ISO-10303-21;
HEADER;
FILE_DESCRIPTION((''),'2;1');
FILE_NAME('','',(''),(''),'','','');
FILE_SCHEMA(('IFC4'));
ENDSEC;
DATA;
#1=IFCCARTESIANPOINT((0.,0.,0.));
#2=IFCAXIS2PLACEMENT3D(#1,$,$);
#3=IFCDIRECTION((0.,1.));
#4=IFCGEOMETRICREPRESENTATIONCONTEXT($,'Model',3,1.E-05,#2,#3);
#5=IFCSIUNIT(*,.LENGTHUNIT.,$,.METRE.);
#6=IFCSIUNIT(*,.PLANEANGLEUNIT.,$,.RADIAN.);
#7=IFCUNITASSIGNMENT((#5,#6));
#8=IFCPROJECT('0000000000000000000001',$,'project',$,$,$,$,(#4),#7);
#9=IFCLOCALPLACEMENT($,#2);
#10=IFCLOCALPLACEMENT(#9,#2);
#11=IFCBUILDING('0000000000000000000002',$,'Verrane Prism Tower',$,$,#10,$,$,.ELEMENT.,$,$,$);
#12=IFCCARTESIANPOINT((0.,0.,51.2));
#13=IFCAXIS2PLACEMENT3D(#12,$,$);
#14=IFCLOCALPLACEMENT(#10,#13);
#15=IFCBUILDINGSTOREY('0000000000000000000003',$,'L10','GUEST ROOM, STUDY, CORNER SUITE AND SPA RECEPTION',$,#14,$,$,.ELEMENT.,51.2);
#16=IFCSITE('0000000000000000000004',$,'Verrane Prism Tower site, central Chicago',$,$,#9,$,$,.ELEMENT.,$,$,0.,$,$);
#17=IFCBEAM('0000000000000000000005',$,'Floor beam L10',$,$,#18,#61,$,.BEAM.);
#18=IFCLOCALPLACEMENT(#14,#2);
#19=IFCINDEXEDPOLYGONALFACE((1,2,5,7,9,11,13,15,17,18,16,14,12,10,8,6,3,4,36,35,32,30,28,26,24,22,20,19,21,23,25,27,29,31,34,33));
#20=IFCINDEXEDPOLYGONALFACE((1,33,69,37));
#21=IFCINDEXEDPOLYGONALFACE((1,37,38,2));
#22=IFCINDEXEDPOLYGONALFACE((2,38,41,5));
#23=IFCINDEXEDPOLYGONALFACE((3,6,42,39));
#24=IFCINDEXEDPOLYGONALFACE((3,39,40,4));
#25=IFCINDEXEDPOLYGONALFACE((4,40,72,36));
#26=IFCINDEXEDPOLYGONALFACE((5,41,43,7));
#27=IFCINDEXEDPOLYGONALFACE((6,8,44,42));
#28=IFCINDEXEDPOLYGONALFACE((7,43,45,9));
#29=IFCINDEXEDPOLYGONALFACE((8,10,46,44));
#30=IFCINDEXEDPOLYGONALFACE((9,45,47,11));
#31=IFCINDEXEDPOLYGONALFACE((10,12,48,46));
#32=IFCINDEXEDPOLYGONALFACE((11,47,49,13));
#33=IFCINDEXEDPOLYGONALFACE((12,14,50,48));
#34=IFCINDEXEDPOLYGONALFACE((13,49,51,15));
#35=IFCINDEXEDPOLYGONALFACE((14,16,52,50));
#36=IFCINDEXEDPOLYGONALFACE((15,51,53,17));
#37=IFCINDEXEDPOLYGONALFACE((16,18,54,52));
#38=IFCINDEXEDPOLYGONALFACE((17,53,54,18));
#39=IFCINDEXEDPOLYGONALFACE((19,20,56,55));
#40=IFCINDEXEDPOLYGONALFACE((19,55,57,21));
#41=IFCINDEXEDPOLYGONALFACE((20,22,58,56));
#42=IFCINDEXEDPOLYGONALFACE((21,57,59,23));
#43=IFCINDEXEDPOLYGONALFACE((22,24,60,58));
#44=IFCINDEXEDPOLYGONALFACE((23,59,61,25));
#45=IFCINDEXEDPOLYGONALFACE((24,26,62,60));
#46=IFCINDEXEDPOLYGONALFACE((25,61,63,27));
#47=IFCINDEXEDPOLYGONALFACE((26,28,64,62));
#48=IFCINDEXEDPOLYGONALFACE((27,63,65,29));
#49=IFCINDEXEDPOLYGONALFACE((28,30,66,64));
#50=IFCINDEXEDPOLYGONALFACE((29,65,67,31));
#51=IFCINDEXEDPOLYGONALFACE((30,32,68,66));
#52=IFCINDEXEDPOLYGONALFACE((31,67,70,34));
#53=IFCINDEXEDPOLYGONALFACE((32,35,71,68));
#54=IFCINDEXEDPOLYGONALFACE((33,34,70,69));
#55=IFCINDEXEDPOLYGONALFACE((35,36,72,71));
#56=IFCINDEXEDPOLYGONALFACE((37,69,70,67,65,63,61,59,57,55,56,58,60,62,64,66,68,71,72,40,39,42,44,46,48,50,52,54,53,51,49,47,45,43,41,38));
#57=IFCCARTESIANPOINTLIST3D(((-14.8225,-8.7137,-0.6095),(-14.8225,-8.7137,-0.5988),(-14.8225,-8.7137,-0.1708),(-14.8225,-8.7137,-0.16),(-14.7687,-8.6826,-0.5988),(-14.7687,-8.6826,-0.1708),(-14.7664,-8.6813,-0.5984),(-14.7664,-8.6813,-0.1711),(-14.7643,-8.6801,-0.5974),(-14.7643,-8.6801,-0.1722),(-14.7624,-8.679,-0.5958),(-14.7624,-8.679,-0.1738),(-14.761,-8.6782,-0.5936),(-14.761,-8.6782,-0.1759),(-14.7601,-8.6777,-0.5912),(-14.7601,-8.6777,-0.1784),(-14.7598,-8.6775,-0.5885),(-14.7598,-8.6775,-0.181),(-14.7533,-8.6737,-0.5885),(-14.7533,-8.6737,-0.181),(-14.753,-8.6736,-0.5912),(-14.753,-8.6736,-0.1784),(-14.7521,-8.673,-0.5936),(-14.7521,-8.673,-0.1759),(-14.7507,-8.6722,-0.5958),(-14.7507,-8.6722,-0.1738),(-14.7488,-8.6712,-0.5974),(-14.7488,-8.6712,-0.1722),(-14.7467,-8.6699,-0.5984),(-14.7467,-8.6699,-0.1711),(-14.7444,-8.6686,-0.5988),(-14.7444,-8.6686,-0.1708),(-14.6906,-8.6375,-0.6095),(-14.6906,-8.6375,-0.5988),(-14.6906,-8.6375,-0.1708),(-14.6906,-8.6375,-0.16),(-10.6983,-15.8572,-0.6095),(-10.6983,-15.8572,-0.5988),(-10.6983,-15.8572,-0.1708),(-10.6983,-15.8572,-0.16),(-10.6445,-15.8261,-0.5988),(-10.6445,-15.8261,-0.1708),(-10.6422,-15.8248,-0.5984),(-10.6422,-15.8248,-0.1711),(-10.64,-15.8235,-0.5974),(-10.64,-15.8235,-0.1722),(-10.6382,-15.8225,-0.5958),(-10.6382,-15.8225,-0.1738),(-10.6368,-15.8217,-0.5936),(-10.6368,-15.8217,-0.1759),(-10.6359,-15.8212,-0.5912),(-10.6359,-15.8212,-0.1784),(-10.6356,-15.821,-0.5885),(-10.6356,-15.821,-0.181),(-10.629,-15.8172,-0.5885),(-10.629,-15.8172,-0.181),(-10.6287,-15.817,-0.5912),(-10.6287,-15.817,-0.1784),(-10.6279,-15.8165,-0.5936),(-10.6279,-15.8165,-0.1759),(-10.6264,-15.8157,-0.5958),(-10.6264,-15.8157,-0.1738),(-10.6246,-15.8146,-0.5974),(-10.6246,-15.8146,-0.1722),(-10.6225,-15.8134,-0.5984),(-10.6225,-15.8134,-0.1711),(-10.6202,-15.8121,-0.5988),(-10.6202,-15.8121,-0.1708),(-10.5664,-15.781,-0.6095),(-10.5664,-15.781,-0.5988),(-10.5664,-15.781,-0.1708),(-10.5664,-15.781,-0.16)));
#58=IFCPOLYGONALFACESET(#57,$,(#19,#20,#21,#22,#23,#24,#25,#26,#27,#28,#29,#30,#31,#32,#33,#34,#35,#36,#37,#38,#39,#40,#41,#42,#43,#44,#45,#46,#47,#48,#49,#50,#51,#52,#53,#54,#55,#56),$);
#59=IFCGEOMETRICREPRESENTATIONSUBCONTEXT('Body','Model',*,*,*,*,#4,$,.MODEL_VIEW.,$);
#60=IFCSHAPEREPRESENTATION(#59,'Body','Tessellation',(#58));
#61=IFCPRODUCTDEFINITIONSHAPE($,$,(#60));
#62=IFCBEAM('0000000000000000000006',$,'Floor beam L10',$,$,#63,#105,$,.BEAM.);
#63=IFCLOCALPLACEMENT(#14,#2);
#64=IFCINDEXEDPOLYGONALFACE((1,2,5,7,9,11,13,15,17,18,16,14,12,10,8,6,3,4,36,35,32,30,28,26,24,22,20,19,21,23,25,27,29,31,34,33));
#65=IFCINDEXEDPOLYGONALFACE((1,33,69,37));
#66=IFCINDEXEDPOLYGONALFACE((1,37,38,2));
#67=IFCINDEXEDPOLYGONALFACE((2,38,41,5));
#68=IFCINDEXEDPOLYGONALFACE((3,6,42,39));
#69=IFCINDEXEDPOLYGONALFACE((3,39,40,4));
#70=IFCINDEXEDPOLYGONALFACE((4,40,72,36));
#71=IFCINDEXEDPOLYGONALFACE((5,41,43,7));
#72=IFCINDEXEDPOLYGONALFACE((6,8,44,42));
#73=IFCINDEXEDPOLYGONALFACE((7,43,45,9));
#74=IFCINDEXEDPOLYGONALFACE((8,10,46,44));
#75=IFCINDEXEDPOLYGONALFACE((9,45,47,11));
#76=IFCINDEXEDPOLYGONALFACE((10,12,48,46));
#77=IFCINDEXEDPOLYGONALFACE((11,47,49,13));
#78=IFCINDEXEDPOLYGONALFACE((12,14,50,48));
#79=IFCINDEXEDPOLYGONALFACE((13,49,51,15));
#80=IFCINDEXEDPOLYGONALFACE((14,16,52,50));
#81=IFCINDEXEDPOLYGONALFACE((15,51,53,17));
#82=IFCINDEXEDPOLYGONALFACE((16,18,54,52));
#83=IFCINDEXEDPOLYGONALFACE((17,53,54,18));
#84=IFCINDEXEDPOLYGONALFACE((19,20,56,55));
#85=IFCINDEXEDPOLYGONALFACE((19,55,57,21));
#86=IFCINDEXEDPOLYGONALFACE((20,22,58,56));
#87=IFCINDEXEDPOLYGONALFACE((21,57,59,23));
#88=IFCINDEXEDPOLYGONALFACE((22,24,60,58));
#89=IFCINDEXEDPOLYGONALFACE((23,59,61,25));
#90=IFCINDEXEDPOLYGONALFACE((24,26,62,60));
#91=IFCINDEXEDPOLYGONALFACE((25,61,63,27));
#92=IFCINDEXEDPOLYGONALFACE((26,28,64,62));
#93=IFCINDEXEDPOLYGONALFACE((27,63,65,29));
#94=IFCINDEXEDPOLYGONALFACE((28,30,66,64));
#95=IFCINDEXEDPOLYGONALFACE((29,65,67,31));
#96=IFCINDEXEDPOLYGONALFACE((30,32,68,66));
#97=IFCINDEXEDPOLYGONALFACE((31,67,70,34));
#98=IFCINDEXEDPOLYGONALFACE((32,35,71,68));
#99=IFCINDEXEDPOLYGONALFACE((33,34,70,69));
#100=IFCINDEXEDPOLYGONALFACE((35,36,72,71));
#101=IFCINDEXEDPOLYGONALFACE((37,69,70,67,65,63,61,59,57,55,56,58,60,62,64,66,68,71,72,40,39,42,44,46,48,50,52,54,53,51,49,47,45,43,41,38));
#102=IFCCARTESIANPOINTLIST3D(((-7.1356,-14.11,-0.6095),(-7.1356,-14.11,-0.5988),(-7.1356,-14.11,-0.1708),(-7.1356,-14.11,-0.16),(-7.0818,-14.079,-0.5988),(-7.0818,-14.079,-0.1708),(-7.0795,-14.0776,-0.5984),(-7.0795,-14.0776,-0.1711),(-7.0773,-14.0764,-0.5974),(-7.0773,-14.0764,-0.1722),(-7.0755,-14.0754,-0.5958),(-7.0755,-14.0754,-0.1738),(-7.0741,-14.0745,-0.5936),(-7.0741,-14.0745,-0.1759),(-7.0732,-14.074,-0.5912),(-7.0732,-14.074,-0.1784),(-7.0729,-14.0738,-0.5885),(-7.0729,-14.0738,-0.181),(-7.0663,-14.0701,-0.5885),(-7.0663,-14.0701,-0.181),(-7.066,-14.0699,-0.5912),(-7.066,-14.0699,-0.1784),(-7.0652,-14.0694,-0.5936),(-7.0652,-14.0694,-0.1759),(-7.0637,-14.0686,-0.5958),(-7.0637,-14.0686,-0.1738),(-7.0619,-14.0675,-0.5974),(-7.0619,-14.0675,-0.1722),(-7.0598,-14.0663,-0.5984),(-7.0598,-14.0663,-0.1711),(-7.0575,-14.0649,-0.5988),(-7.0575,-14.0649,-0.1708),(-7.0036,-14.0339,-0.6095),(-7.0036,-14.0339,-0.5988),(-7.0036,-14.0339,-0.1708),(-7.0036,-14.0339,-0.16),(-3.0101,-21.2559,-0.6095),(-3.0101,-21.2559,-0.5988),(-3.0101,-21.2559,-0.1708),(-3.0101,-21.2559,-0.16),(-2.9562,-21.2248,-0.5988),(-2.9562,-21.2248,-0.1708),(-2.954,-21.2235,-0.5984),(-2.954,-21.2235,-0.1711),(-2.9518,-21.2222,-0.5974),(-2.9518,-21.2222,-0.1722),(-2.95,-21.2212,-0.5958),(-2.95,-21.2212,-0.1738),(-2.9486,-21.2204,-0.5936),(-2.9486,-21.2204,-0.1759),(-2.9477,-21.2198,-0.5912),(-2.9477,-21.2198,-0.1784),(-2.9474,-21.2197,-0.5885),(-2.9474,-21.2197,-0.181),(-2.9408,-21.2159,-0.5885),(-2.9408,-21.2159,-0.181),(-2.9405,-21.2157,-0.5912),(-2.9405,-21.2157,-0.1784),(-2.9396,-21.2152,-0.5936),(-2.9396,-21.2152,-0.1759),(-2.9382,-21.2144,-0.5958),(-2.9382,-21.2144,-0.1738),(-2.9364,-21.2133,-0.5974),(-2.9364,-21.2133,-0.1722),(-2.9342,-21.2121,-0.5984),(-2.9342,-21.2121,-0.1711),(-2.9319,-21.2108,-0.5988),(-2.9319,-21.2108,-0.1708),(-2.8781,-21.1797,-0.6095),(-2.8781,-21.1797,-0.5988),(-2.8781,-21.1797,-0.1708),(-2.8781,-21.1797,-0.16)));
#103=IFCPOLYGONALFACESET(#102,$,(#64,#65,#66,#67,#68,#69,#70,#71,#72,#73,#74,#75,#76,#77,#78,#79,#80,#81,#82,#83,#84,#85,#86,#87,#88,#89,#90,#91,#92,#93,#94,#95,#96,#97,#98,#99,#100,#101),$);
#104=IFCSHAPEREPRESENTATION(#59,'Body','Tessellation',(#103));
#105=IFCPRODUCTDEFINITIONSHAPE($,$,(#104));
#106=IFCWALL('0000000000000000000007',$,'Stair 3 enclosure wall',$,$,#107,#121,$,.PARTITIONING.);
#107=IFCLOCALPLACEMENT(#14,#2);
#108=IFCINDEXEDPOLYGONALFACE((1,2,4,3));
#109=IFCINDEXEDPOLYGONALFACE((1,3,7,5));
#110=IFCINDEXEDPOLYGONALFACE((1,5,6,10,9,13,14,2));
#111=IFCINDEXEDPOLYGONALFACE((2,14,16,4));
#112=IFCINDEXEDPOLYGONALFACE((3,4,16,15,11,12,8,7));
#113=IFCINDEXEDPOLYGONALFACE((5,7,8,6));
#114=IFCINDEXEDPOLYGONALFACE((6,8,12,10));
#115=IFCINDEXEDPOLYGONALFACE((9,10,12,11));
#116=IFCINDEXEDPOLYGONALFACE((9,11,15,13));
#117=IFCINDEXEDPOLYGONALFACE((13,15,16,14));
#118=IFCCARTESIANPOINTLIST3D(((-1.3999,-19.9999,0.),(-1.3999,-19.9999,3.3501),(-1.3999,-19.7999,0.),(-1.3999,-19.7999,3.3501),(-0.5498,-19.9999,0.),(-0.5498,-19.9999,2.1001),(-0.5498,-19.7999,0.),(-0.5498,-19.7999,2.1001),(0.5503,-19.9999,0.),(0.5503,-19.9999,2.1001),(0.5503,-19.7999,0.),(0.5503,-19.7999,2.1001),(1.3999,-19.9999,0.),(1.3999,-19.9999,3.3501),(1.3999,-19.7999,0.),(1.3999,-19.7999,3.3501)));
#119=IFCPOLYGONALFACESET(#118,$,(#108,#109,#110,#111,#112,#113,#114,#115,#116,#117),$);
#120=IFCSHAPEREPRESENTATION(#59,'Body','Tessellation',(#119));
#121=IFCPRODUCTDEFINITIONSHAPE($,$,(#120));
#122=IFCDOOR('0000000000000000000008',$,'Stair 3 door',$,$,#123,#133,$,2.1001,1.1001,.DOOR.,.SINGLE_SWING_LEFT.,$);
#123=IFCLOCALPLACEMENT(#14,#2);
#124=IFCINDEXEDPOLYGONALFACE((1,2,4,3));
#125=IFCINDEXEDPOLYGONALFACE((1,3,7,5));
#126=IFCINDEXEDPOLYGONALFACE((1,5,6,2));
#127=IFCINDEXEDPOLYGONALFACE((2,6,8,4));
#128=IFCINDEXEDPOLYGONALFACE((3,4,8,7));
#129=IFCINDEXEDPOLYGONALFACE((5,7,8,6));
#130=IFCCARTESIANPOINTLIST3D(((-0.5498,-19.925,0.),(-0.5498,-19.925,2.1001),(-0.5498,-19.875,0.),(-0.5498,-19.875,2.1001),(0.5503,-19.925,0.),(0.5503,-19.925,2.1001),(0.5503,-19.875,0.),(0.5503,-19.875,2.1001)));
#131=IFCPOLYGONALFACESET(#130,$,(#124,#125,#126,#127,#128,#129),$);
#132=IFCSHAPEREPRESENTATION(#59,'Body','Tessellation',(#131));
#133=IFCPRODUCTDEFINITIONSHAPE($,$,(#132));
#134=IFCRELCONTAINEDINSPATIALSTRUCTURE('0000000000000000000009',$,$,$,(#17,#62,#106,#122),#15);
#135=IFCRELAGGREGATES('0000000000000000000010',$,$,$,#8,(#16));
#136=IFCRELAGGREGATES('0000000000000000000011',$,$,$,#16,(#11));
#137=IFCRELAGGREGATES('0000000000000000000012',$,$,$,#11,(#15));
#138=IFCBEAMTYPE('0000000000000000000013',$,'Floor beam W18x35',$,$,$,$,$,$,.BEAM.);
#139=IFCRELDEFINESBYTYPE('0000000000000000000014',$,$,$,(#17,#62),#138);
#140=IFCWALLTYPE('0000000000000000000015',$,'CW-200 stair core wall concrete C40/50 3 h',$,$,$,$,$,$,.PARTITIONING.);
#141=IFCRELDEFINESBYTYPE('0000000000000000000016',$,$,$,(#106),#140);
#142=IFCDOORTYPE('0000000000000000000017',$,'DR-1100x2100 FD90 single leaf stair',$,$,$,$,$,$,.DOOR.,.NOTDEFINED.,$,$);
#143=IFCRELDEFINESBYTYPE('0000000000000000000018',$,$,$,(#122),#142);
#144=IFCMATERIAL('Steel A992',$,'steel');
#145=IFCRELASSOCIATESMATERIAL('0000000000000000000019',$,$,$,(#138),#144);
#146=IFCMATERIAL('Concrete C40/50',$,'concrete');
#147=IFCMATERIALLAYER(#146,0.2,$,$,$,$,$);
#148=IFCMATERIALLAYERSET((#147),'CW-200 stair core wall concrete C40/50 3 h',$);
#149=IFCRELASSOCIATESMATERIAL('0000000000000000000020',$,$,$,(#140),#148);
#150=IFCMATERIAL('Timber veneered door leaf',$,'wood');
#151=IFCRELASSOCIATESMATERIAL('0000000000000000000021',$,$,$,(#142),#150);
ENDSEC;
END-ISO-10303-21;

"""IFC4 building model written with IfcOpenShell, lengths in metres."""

from ifc_helpers import new_model, si_unit, direction, frame, frame_2d, origin, origin_2d, place, context, subcontext, project, spatial, rectangle, i_section, extrude, material, layer, layer_set, material_profile, profile_set, type_object, element, fill, save


model = new_model("IFC4")

# Units and contexts
model_context = context("Model", 3, precision=1e-05, world=origin(), true_north=direction((0.0, 1.0)))
body_context = subcontext(model_context, "Body", "Model", "MODEL_VIEW")
ifc_project = project(units=[si_unit("LENGTHUNIT", "METRE"), si_unit("PLANEANGLEUNIT", "RADIAN")], contexts=[model_context])

# Site, building, storey
site_placement = place(None, origin())
site = spatial("IfcSite", under=ifc_project, at=site_placement, Name="Verrane Prism Tower site, central Chicago", CompositionType="ELEMENT", RefElevation=0.0)
building_placement = place(site_placement, origin())
building = spatial("IfcBuilding", under=site, at=building_placement, Name="Verrane Prism Tower", CompositionType="ELEMENT")
storey_placement = place(building_placement, frame((0.0, 0.0, 51.2)))
storey = spatial("IfcBuildingStorey", under=building, at=storey_placement, Name="L10", Description="GUEST ROOM, STUDY, CORNER SUITE AND SPA RECEPTION", CompositionType="ELEMENT", Elevation=51.2)

# Beams
ifc_material_1 = material(Name="Steel A992", Category="steel")
ifc_material_profile_1 = material_profile(ifc_material_1, i_section(OverallWidth=0.1523, OverallDepth=0.4495, WebThickness=0.0076, FlangeThickness=0.0107, FilletRadius=0.0103, at=origin_2d()), Name="W18x35")
ifc_profile_set_1 = profile_set([ifc_material_profile_1], Name="Steel A992")
beam_type_1 = type_object("IfcBeamType", Name="Floor beam W18x35", PredefinedType="BEAM", material=ifc_profile_set_1)
beam_1_placement = place(storey_placement, frame((-10.6323, -15.8191, -0.3848), z_axis=(-0.499994, 0.866029, 0.0), x_axis=(-0.866029, -0.499994, 0.0)))
element("IfcBeam", 1, at=beam_1_placement, inside=storey, type_object=beam_type_1, Name="Floor beam L10", PredefinedType="BEAM", context=body_context, shape_type="SweptSolid", body=[
    extrude(i_section(OverallWidth=0.1523, OverallDepth=0.4495, WebThickness=0.0076, FlangeThickness=0.0107, FilletRadius=0.0103, at=origin_2d()), origin(), (0.0, 0.0, 1.0), 8.2485),
])
beam_2_placement = place(storey_placement, frame((-2.9441, -21.2178, -0.3848), z_axis=(-0.49999, 0.866031, 0.0), x_axis=(-0.866031, -0.49999, 0.0)))
element("IfcBeam", 2, at=beam_2_placement, inside=storey, type_object=beam_type_1, Name="Floor beam L10", PredefinedType="BEAM", context=body_context, shape_type="SweptSolid", body=[
    extrude(i_section(OverallWidth=0.1523, OverallDepth=0.4495, WebThickness=0.0076, FlangeThickness=0.0107, FilletRadius=0.0103, at=origin_2d()), origin(), (0.0, 0.0, 1.0), 8.2512),
])

# Wall, opening, door
ifc_material_2 = material(Name="Concrete C40/50", Category="concrete")
ifc_layer_1 = layer(ifc_material_2, 0.2)
ifc_layer_set_1 = layer_set([ifc_layer_1], Name="CW-200 stair core wall concrete C40/50 3 h")
wall_type_1 = type_object("IfcWallType", Name="CW-200 stair core wall concrete C40/50 3 h", PredefinedType="PARTITIONING", material=ifc_layer_set_1)
wall_1_placement = place(storey_placement, frame((-1.3999, -19.8999, 0.0), z_axis=(0.0, 0.0, 1.0), x_axis=(1.0, 0.0, 0.0)))
wall_1 = element("IfcWall", 3, at=wall_1_placement, inside=storey, type_object=wall_type_1, Name="Stair 3 enclosure wall", PredefinedType="PARTITIONING", context=body_context, shape_type="SweptSolid", body=[
    extrude(rectangle(XDim=2.7998, YDim=0.2, at=frame_2d((1.3999, 0.0))), origin(), (0.0, 0.0, 1.0), 3.3501),
])
opening_1_placement = place(wall_1_placement, frame((0.8501, 0.0, 0.0)))
opening_1 = element("IfcOpeningElement", 4, at=opening_1_placement, cuts=wall_1, PredefinedType="OPENING", context=body_context, shape_type="SweptSolid", body=[
    extrude(rectangle(XDim=1.1001, YDim=2.1001, at=frame_2d((0.55, 1.05))), frame((0.0, 0.1099, 0.0), z_axis=(0.0, -1.0, 0.0), x_axis=(1.0, 0.0, 0.0)), (0.0, 0.0, 1.0), 0.22),
])
ifc_material_3 = material(Name="Timber veneered door leaf", Category="wood")
door_type_1 = type_object("IfcDoorType", Name="DR-1100x2100 FD90 single leaf stair", OperationType="NOTDEFINED", PredefinedType="DOOR", material=ifc_material_3)
door_1_placement = place(opening_1_placement, origin())
door_1 = element("IfcDoor", 5, at=door_1_placement, inside=storey, type_object=door_type_1, Name="Stair 3 door", OperationType="SINGLE_SWING_LEFT", OverallHeight=2.1001, OverallWidth=1.1001, PredefinedType="DOOR", context=body_context, shape_type="SweptSolid", body=[
    extrude(rectangle(XDim=1.1001, YDim=2.1001, at=frame_2d((0.55, 1.05))), frame((0.0, 0.0249, 0.0), z_axis=(0.0, -1.0, 0.0), x_axis=(1.0, 0.0, 0.0)), (0.0, 0.0, 1.0), 0.05),
])
fill(opening_1, door_1)

save(model, "model.ifc")
